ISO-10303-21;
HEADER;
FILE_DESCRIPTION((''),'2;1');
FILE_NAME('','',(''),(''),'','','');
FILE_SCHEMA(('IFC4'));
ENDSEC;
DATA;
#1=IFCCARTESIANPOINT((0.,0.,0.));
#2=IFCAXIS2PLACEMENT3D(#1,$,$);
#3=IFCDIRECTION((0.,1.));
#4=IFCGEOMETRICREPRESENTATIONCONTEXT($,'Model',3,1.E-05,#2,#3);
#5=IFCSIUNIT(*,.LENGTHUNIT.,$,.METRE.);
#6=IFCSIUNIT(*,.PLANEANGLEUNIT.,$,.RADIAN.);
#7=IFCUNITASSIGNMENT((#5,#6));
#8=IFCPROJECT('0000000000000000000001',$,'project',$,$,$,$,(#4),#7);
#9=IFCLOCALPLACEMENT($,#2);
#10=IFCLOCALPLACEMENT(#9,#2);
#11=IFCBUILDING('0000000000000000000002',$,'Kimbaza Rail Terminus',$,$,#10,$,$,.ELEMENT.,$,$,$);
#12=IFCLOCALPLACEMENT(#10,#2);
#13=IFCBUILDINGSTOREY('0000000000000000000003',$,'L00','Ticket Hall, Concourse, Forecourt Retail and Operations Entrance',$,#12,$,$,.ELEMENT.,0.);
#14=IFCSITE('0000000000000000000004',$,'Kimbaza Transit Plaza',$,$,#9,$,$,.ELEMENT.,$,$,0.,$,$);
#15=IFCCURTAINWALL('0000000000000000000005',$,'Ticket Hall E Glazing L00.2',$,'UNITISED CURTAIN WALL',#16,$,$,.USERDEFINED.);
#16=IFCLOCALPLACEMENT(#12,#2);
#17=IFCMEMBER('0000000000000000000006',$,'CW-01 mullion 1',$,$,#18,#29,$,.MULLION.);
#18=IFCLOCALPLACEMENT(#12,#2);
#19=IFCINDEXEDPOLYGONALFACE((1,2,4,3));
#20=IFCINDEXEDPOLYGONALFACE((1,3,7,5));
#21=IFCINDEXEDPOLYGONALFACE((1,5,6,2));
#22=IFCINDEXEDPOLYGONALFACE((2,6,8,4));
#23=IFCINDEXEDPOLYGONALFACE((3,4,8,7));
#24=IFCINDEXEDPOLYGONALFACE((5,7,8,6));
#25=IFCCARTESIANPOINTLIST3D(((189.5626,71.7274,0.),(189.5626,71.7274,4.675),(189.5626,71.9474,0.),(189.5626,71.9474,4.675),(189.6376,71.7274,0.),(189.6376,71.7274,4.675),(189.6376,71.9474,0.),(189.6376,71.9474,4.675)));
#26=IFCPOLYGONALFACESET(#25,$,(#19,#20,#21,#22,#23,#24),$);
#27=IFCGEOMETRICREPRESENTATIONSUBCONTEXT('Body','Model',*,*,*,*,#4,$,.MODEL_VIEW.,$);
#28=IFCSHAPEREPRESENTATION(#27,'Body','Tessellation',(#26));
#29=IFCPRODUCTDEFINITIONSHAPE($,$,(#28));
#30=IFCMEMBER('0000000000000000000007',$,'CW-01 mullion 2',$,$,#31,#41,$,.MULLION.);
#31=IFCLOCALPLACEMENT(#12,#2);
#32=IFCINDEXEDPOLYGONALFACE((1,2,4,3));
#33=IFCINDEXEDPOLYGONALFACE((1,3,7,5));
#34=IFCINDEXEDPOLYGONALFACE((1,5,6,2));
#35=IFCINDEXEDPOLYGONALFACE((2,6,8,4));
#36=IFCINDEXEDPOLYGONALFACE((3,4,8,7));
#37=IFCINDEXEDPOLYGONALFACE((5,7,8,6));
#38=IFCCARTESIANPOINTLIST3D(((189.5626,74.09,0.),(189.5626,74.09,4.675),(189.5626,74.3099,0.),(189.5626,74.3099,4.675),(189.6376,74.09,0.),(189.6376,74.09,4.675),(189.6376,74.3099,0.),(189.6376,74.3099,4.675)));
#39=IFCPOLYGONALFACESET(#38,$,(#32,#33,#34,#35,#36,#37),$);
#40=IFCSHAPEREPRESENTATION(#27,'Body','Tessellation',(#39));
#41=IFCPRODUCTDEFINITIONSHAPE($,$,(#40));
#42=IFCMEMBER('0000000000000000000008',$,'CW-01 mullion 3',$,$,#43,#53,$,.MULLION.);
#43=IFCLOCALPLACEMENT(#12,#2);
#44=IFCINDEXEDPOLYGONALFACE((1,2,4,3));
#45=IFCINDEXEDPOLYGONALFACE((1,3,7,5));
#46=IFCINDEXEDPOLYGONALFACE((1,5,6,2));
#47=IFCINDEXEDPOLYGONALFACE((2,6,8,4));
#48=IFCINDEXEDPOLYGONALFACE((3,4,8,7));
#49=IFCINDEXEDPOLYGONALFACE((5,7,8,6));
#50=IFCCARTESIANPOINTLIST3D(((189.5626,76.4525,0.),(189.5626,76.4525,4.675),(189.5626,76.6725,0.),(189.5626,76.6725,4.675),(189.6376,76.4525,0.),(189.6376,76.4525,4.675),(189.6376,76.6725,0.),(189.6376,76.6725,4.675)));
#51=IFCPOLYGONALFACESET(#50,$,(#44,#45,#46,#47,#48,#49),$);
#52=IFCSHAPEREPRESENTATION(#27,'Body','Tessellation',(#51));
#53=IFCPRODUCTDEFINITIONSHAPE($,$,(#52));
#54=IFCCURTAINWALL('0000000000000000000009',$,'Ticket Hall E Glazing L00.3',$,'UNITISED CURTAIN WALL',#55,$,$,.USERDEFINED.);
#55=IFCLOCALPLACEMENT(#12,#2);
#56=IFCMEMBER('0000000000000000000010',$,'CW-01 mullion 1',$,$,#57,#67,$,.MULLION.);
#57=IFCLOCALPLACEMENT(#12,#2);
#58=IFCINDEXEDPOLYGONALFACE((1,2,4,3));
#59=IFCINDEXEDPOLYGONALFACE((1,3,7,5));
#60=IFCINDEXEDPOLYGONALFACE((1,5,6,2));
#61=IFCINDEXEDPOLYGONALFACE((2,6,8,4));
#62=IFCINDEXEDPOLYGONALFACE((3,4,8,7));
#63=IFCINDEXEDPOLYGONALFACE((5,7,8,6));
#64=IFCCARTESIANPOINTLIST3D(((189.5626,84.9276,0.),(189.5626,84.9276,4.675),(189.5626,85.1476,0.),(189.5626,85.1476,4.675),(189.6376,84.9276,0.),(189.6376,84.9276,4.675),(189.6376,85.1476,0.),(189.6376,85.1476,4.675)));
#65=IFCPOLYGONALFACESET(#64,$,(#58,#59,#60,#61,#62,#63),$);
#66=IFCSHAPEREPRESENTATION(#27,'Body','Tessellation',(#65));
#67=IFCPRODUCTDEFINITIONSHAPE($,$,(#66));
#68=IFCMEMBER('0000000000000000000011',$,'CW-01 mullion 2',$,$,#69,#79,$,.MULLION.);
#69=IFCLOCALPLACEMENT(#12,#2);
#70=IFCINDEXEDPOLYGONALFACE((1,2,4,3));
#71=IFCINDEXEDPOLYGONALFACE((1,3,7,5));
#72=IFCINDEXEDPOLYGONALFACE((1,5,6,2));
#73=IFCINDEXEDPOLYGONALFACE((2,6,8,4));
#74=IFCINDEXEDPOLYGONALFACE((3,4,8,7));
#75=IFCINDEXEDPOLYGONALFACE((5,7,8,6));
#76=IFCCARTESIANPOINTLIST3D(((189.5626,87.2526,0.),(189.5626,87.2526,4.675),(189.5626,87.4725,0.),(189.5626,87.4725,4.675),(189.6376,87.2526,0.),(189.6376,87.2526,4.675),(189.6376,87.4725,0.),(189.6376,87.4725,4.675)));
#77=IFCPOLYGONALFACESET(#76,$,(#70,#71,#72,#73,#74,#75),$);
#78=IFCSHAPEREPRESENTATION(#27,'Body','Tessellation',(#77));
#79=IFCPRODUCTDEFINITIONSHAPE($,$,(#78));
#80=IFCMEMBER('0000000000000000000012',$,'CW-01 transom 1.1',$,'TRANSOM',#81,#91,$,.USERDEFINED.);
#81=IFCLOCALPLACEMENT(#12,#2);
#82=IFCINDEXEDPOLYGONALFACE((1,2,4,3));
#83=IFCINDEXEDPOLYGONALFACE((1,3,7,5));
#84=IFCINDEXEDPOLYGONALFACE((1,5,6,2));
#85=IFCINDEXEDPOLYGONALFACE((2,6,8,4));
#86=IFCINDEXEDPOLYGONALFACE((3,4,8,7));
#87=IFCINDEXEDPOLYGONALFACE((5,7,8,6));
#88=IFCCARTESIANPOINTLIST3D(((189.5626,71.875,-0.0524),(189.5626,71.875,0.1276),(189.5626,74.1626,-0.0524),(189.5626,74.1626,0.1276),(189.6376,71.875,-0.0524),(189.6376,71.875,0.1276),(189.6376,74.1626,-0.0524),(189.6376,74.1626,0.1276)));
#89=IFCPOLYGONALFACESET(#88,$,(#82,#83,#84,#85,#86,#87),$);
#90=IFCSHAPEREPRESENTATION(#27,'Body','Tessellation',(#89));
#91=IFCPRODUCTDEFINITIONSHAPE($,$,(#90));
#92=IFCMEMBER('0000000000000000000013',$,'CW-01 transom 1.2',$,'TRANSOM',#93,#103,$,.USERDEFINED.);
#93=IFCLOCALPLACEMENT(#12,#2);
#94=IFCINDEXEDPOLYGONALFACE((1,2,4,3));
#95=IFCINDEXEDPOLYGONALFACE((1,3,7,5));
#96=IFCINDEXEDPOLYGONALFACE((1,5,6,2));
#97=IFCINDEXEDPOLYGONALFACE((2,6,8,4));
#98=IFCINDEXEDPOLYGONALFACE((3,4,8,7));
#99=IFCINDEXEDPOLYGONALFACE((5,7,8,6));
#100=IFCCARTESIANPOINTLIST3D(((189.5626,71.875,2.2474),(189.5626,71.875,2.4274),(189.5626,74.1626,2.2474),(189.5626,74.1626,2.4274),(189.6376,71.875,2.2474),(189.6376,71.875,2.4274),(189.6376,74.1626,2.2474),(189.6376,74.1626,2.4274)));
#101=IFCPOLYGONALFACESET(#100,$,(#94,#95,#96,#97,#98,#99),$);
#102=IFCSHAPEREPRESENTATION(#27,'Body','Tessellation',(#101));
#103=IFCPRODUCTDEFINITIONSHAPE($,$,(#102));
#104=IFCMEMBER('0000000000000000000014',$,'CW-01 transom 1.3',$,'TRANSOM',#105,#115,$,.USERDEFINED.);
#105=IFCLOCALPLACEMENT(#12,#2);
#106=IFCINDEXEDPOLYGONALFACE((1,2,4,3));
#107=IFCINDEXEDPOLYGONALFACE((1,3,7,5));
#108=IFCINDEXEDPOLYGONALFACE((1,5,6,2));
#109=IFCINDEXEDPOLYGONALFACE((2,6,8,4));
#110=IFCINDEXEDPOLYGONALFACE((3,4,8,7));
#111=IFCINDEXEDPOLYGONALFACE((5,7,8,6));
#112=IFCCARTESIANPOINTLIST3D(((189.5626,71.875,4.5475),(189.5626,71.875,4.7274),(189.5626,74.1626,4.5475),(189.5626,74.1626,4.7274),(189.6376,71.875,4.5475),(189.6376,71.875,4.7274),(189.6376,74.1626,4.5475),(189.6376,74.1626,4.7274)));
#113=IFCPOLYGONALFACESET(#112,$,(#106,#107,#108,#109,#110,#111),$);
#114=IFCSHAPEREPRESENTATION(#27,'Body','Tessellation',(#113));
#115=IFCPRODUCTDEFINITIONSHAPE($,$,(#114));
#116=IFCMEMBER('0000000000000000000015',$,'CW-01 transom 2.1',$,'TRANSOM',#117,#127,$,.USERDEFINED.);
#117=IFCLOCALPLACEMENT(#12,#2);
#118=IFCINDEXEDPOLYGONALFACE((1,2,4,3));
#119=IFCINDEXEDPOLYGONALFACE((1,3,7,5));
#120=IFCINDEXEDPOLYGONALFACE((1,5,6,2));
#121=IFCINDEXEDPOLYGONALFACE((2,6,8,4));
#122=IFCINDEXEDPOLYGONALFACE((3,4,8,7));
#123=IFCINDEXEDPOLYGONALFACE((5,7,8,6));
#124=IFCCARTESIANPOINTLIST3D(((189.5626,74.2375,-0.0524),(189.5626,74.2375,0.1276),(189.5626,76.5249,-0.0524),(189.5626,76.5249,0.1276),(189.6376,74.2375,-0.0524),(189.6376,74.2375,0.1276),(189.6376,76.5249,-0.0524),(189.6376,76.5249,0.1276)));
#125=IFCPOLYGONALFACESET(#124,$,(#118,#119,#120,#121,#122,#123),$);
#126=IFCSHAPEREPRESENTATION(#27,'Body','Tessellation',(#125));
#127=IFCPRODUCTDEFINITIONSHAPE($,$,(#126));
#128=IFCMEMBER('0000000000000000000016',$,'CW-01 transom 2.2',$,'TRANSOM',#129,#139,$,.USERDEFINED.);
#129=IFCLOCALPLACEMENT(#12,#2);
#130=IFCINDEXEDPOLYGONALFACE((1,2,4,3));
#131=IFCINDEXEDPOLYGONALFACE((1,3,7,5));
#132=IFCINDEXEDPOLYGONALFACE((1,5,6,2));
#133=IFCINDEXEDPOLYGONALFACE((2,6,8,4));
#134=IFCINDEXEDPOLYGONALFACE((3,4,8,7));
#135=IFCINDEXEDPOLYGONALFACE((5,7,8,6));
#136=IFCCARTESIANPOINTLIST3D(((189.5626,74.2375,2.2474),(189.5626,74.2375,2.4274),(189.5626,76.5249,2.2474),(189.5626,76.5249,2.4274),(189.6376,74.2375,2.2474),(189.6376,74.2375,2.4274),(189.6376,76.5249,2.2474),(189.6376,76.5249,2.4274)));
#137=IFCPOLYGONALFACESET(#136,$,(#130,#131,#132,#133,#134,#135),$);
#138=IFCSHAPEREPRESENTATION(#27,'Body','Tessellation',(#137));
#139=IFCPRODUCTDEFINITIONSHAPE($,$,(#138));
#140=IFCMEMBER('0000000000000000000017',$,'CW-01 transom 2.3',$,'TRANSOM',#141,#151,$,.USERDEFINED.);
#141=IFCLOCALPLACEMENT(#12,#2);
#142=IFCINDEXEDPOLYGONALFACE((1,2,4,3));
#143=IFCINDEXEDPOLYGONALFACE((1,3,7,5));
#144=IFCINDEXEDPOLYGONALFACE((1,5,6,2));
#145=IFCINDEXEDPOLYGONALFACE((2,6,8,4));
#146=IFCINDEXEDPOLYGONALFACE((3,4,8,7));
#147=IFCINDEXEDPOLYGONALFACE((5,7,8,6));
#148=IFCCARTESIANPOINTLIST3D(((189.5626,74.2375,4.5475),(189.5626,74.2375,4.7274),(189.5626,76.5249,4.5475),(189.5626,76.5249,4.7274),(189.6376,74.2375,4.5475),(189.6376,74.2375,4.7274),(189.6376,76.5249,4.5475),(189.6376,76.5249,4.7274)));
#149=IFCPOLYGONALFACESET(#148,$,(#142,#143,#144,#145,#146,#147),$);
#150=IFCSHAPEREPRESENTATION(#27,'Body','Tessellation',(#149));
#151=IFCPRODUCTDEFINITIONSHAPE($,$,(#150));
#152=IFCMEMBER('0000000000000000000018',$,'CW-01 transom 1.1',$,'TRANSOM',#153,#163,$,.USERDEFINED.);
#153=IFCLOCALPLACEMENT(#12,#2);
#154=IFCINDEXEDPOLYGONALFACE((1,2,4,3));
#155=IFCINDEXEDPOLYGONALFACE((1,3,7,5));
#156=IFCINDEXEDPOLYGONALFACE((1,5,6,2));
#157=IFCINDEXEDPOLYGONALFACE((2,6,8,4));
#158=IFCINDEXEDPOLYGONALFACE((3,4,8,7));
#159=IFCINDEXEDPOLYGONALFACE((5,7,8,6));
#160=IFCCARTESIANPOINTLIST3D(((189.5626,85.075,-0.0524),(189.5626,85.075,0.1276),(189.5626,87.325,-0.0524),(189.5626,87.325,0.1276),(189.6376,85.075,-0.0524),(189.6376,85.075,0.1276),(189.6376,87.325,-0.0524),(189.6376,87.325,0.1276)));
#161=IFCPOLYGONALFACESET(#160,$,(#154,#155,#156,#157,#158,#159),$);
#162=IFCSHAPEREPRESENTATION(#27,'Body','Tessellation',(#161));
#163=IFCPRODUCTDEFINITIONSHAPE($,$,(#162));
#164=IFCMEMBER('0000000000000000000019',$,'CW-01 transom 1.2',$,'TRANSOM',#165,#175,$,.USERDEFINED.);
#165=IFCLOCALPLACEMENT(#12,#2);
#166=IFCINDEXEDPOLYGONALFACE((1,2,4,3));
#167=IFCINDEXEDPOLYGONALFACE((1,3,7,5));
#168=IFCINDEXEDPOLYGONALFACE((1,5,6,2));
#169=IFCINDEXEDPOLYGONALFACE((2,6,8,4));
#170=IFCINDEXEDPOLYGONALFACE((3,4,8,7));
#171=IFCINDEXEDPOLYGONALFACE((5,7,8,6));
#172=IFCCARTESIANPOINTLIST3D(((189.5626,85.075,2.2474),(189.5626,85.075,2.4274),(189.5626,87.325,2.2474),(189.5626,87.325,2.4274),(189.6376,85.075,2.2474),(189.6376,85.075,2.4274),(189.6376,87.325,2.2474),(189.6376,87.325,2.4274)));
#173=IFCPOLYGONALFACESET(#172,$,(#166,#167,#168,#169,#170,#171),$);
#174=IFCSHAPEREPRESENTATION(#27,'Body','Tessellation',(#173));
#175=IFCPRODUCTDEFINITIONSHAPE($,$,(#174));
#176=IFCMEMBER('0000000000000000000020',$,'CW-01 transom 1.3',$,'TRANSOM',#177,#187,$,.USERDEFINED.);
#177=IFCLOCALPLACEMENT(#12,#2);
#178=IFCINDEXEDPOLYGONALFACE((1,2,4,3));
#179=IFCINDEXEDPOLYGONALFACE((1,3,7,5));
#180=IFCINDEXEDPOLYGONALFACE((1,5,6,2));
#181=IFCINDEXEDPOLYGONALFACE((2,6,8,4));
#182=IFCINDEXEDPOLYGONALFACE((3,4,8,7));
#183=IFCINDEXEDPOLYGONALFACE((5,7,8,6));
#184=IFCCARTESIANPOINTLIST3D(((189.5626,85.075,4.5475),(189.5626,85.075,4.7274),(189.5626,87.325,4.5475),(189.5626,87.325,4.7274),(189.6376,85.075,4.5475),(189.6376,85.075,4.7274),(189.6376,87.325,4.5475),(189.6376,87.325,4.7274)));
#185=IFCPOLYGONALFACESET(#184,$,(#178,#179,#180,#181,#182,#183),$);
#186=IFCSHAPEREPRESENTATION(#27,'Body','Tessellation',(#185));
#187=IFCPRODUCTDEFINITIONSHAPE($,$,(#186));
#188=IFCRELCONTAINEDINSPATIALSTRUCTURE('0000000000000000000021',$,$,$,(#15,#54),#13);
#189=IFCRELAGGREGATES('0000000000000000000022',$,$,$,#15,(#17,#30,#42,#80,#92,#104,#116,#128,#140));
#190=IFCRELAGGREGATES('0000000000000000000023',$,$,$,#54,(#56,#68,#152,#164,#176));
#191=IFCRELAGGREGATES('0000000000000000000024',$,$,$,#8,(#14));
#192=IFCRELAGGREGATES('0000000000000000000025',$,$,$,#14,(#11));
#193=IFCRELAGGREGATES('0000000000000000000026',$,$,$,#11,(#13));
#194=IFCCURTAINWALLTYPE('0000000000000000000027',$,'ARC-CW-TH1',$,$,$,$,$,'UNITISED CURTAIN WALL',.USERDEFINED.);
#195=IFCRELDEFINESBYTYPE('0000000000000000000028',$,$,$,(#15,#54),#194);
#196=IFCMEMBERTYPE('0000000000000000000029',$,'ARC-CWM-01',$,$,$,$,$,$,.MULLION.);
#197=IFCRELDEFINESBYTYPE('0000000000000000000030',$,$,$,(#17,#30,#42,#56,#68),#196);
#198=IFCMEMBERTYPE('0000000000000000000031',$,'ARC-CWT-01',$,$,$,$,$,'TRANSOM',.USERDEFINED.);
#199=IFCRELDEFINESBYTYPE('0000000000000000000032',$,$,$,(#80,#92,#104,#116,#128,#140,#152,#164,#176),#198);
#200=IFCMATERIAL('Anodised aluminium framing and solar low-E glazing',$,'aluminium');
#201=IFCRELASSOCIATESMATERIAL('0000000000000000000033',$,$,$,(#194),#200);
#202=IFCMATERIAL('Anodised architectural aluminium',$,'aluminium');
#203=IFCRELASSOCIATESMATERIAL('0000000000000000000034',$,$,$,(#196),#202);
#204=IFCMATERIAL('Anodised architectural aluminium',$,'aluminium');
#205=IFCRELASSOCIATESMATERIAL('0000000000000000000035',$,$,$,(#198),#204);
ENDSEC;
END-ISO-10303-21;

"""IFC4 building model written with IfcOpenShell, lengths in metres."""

from ifc_helpers import new_model, si_unit, direction, frame, origin, origin_2d, place, context, subcontext, project, spatial, rectangle, extrude, material, material_profile, profile_set, type_object, element, aggregate, save


model = new_model("IFC4")

# Units and contexts
model_context = context("Model", 3, precision=1e-05, world=origin(), true_north=direction((0.0, 1.0)))
body_context = subcontext(model_context, "Body", "Model", "MODEL_VIEW")
ifc_project = project(units=[si_unit("LENGTHUNIT", "METRE"), si_unit("PLANEANGLEUNIT", "RADIAN")], contexts=[model_context])

# Site, building, storey
site_placement = place(None, origin())
site = spatial("IfcSite", under=ifc_project, at=site_placement, Name="Kimbaza Transit Plaza", CompositionType="ELEMENT", RefElevation=0.0)
building_placement = place(site_placement, origin())
building = spatial("IfcBuilding", under=site, at=building_placement, Name="Kimbaza Rail Terminus", CompositionType="ELEMENT")
storey_placement = place(building_placement, origin())
storey = spatial("IfcBuildingStorey", under=building, at=storey_placement, Name="L00", Description="Ticket Hall, Concourse, Forecourt Retail and Operations Entrance", CompositionType="ELEMENT", Elevation=0.0)

# Curtain walls, members
ifc_material_1 = material(Name="Anodised aluminium framing and solar low-E glazing", Category="aluminium")
curtain_wall_type = type_object("IfcCurtainWallType", Name="ARC-CW-TH1", ElementType="UNITISED CURTAIN WALL", PredefinedType="USERDEFINED", material=ifc_material_1)
curtain_wall_1_placement = place(storey_placement, origin())
curtain_wall_1 = element("IfcCurtainWall", 1, at=curtain_wall_1_placement, inside=storey, type_object=curtain_wall_type, Name="Ticket Hall E Glazing L00.2", ObjectType="UNITISED CURTAIN WALL", PredefinedType="USERDEFINED")
ifc_material_2 = material(Name="Anodised architectural aluminium", Category="aluminium")
ifc_material_profile_1 = material_profile(ifc_material_2, rectangle(XDim=0.075, YDim=0.22, at=origin_2d()), Name="MULLION 75x220")
ifc_profile_set_1 = profile_set([ifc_material_profile_1], Name="Anodised architectural aluminium")
member_type_1 = type_object("IfcMemberType", Name="ARC-CWM-01", PredefinedType="MULLION", material=ifc_profile_set_1)
member_1_placement = place(storey_placement, frame((189.6001, 71.8374, 0.0), z_axis=(0.0, 0.0, 1.0), x_axis=(-1.0, 0.0, 0.0)))
member_1 = element("IfcMember", 2, at=member_1_placement, type_object=member_type_1, Name="CW-01 mullion 1", PredefinedType="MULLION", context=body_context, shape_type="SweptSolid", body=[
    extrude(rectangle(XDim=0.075, YDim=0.22, at=origin_2d()), origin(), (0.0, 0.0, 1.0), 4.675),
])
member_2_placement = place(storey_placement, frame((189.6001, 74.2, 0.0), z_axis=(0.0, 0.0, 1.0), x_axis=(-1.0, 0.0, 0.0)))
member_2 = element("IfcMember", 3, at=member_2_placement, type_object=member_type_1, Name="CW-01 mullion 2", PredefinedType="MULLION", context=body_context, shape_type="SweptSolid", body=[
    extrude(rectangle(XDim=0.075, YDim=0.22, at=origin_2d()), origin(), (0.0, 0.0, 1.0), 4.675),
])
member_3_placement = place(storey_placement, frame((189.6001, 76.5625, 0.0), z_axis=(0.0, 0.0, 1.0), x_axis=(-1.0, 0.0, 0.0)))
member_3 = element("IfcMember", 4, at=member_3_placement, type_object=member_type_1, Name="CW-01 mullion 3", PredefinedType="MULLION", context=body_context, shape_type="SweptSolid", body=[
    extrude(rectangle(XDim=0.075, YDim=0.22, at=origin_2d()), origin(), (0.0, 0.0, 1.0), 4.675),
])
curtain_wall_2_placement = place(storey_placement, origin())
curtain_wall_2 = element("IfcCurtainWall", 5, at=curtain_wall_2_placement, inside=storey, type_object=curtain_wall_type, Name="Ticket Hall E Glazing L00.3", ObjectType="UNITISED CURTAIN WALL", PredefinedType="USERDEFINED")
member_4_placement = place(storey_placement, frame((189.6001, 85.0376, 0.0), z_axis=(0.0, 0.0, 1.0), x_axis=(-1.0, 0.0, 0.0)))
member_4 = element("IfcMember", 6, at=member_4_placement, type_object=member_type_1, Name="CW-01 mullion 1", PredefinedType="MULLION", context=body_context, shape_type="SweptSolid", body=[
    extrude(rectangle(XDim=0.075, YDim=0.22, at=origin_2d()), origin(), (0.0, 0.0, 1.0), 4.675),
])
member_5_placement = place(storey_placement, frame((189.6001, 87.3625, 0.0), z_axis=(0.0, 0.0, 1.0), x_axis=(-1.0, 0.0, 0.0)))
member_5 = element("IfcMember", 7, at=member_5_placement, type_object=member_type_1, Name="CW-01 mullion 2", PredefinedType="MULLION", context=body_context, shape_type="SweptSolid", body=[
    extrude(rectangle(XDim=0.075, YDim=0.22, at=origin_2d()), origin(), (0.0, 0.0, 1.0), 4.675),
])

# Members
ifc_material_3 = material(Name="Anodised architectural aluminium", Category="aluminium")
ifc_material_profile_2 = material_profile(ifc_material_3, rectangle(XDim=0.075, YDim=0.1799, at=origin_2d()), Name="TRANSOM 75x180")
ifc_profile_set_2 = profile_set([ifc_material_profile_2], Name="Anodised architectural aluminium")
member_type_2 = type_object("IfcMemberType", Name="ARC-CWT-01", ElementType="TRANSOM", PredefinedType="USERDEFINED", material=ifc_profile_set_2)
member_6_placement = place(storey_placement, frame((189.6001, 71.875, 0.0376), z_axis=(0.0, 1.0, 0.0), x_axis=(-1.0, 0.0, 0.0)))
member_6 = element("IfcMember", 8, at=member_6_placement, type_object=member_type_2, Name="CW-01 transom 1.1", ObjectType="TRANSOM", PredefinedType="USERDEFINED", context=body_context, shape_type="SweptSolid", body=[
    extrude(rectangle(XDim=0.075, YDim=0.1799, at=origin_2d()), origin(), (0.0, 0.0, 1.0), 2.2876),
])
member_7_placement = place(storey_placement, frame((189.6001, 71.875, 2.3374), z_axis=(0.0, 1.0, 0.0), x_axis=(-1.0, 0.0, 0.0)))
member_7 = element("IfcMember", 9, at=member_7_placement, type_object=member_type_2, Name="CW-01 transom 1.2", ObjectType="TRANSOM", PredefinedType="USERDEFINED", context=body_context, shape_type="SweptSolid", body=[
    extrude(rectangle(XDim=0.075, YDim=0.1799, at=origin_2d()), origin(), (0.0, 0.0, 1.0), 2.2876),
])
member_8_placement = place(storey_placement, frame((189.6001, 71.875, 4.6375), z_axis=(0.0, 1.0, 0.0), x_axis=(-1.0, 0.0, 0.0)))
member_8 = element("IfcMember", 10, at=member_8_placement, type_object=member_type_2, Name="CW-01 transom 1.3", ObjectType="TRANSOM", PredefinedType="USERDEFINED", context=body_context, shape_type="SweptSolid", body=[
    extrude(rectangle(XDim=0.075, YDim=0.1799, at=origin_2d()), origin(), (0.0, 0.0, 1.0), 2.2876),
])
member_9_placement = place(storey_placement, frame((189.6001, 74.2375, 0.0376), z_axis=(0.0, 1.0, 0.0), x_axis=(-1.0, 0.0, 0.0)))
member_9 = element("IfcMember", 11, at=member_9_placement, type_object=member_type_2, Name="CW-01 transom 2.1", ObjectType="TRANSOM", PredefinedType="USERDEFINED", context=body_context, shape_type="SweptSolid", body=[
    extrude(rectangle(XDim=0.075, YDim=0.1799, at=origin_2d()), origin(), (0.0, 0.0, 1.0), 2.2874),
])
member_10_placement = place(storey_placement, frame((189.6001, 74.2375, 2.3374), z_axis=(0.0, 1.0, 0.0), x_axis=(-1.0, 0.0, 0.0)))
member_10 = element("IfcMember", 12, at=member_10_placement, type_object=member_type_2, Name="CW-01 transom 2.2", ObjectType="TRANSOM", PredefinedType="USERDEFINED", context=body_context, shape_type="SweptSolid", body=[
    extrude(rectangle(XDim=0.075, YDim=0.1799, at=origin_2d()), origin(), (0.0, 0.0, 1.0), 2.2874),
])
member_11_placement = place(storey_placement, frame((189.6001, 74.2375, 4.6375), z_axis=(0.0, 1.0, 0.0), x_axis=(-1.0, 0.0, 0.0)))
member_11 = element("IfcMember", 13, at=member_11_placement, type_object=member_type_2, Name="CW-01 transom 2.3", ObjectType="TRANSOM", PredefinedType="USERDEFINED", context=body_context, shape_type="SweptSolid", body=[
    extrude(rectangle(XDim=0.075, YDim=0.1799, at=origin_2d()), origin(), (0.0, 0.0, 1.0), 2.2874),
])
member_12_placement = place(storey_placement, frame((189.6001, 85.075, 0.0376), z_axis=(0.0, 1.0, 0.0), x_axis=(-1.0, 0.0, 0.0)))
member_12 = element("IfcMember", 14, at=member_12_placement, type_object=member_type_2, Name="CW-01 transom 1.1", ObjectType="TRANSOM", PredefinedType="USERDEFINED", context=body_context, shape_type="SweptSolid", body=[
    extrude(rectangle(XDim=0.075, YDim=0.1799, at=origin_2d()), origin(), (0.0, 0.0, 1.0), 2.25),
])
member_13_placement = place(storey_placement, frame((189.6001, 85.075, 2.3374), z_axis=(0.0, 1.0, 0.0), x_axis=(-1.0, 0.0, 0.0)))
member_13 = element("IfcMember", 15, at=member_13_placement, type_object=member_type_2, Name="CW-01 transom 1.2", ObjectType="TRANSOM", PredefinedType="USERDEFINED", context=body_context, shape_type="SweptSolid", body=[
    extrude(rectangle(XDim=0.075, YDim=0.1799, at=origin_2d()), origin(), (0.0, 0.0, 1.0), 2.25),
])
member_14_placement = place(storey_placement, frame((189.6001, 85.075, 4.6375), z_axis=(0.0, 1.0, 0.0), x_axis=(-1.0, 0.0, 0.0)))
member_14 = element("IfcMember", 16, at=member_14_placement, type_object=member_type_2, Name="CW-01 transom 1.3", ObjectType="TRANSOM", PredefinedType="USERDEFINED", context=body_context, shape_type="SweptSolid", body=[
    extrude(rectangle(XDim=0.075, YDim=0.1799, at=origin_2d()), origin(), (0.0, 0.0, 1.0), 2.25),
])

aggregate(curtain_wall_1, [member_1, member_2, member_3, member_6, member_7, member_8, member_9, member_10, member_11])
aggregate(curtain_wall_2, [member_4, member_5, member_12, member_13, member_14])

save(model, "model.ifc")
